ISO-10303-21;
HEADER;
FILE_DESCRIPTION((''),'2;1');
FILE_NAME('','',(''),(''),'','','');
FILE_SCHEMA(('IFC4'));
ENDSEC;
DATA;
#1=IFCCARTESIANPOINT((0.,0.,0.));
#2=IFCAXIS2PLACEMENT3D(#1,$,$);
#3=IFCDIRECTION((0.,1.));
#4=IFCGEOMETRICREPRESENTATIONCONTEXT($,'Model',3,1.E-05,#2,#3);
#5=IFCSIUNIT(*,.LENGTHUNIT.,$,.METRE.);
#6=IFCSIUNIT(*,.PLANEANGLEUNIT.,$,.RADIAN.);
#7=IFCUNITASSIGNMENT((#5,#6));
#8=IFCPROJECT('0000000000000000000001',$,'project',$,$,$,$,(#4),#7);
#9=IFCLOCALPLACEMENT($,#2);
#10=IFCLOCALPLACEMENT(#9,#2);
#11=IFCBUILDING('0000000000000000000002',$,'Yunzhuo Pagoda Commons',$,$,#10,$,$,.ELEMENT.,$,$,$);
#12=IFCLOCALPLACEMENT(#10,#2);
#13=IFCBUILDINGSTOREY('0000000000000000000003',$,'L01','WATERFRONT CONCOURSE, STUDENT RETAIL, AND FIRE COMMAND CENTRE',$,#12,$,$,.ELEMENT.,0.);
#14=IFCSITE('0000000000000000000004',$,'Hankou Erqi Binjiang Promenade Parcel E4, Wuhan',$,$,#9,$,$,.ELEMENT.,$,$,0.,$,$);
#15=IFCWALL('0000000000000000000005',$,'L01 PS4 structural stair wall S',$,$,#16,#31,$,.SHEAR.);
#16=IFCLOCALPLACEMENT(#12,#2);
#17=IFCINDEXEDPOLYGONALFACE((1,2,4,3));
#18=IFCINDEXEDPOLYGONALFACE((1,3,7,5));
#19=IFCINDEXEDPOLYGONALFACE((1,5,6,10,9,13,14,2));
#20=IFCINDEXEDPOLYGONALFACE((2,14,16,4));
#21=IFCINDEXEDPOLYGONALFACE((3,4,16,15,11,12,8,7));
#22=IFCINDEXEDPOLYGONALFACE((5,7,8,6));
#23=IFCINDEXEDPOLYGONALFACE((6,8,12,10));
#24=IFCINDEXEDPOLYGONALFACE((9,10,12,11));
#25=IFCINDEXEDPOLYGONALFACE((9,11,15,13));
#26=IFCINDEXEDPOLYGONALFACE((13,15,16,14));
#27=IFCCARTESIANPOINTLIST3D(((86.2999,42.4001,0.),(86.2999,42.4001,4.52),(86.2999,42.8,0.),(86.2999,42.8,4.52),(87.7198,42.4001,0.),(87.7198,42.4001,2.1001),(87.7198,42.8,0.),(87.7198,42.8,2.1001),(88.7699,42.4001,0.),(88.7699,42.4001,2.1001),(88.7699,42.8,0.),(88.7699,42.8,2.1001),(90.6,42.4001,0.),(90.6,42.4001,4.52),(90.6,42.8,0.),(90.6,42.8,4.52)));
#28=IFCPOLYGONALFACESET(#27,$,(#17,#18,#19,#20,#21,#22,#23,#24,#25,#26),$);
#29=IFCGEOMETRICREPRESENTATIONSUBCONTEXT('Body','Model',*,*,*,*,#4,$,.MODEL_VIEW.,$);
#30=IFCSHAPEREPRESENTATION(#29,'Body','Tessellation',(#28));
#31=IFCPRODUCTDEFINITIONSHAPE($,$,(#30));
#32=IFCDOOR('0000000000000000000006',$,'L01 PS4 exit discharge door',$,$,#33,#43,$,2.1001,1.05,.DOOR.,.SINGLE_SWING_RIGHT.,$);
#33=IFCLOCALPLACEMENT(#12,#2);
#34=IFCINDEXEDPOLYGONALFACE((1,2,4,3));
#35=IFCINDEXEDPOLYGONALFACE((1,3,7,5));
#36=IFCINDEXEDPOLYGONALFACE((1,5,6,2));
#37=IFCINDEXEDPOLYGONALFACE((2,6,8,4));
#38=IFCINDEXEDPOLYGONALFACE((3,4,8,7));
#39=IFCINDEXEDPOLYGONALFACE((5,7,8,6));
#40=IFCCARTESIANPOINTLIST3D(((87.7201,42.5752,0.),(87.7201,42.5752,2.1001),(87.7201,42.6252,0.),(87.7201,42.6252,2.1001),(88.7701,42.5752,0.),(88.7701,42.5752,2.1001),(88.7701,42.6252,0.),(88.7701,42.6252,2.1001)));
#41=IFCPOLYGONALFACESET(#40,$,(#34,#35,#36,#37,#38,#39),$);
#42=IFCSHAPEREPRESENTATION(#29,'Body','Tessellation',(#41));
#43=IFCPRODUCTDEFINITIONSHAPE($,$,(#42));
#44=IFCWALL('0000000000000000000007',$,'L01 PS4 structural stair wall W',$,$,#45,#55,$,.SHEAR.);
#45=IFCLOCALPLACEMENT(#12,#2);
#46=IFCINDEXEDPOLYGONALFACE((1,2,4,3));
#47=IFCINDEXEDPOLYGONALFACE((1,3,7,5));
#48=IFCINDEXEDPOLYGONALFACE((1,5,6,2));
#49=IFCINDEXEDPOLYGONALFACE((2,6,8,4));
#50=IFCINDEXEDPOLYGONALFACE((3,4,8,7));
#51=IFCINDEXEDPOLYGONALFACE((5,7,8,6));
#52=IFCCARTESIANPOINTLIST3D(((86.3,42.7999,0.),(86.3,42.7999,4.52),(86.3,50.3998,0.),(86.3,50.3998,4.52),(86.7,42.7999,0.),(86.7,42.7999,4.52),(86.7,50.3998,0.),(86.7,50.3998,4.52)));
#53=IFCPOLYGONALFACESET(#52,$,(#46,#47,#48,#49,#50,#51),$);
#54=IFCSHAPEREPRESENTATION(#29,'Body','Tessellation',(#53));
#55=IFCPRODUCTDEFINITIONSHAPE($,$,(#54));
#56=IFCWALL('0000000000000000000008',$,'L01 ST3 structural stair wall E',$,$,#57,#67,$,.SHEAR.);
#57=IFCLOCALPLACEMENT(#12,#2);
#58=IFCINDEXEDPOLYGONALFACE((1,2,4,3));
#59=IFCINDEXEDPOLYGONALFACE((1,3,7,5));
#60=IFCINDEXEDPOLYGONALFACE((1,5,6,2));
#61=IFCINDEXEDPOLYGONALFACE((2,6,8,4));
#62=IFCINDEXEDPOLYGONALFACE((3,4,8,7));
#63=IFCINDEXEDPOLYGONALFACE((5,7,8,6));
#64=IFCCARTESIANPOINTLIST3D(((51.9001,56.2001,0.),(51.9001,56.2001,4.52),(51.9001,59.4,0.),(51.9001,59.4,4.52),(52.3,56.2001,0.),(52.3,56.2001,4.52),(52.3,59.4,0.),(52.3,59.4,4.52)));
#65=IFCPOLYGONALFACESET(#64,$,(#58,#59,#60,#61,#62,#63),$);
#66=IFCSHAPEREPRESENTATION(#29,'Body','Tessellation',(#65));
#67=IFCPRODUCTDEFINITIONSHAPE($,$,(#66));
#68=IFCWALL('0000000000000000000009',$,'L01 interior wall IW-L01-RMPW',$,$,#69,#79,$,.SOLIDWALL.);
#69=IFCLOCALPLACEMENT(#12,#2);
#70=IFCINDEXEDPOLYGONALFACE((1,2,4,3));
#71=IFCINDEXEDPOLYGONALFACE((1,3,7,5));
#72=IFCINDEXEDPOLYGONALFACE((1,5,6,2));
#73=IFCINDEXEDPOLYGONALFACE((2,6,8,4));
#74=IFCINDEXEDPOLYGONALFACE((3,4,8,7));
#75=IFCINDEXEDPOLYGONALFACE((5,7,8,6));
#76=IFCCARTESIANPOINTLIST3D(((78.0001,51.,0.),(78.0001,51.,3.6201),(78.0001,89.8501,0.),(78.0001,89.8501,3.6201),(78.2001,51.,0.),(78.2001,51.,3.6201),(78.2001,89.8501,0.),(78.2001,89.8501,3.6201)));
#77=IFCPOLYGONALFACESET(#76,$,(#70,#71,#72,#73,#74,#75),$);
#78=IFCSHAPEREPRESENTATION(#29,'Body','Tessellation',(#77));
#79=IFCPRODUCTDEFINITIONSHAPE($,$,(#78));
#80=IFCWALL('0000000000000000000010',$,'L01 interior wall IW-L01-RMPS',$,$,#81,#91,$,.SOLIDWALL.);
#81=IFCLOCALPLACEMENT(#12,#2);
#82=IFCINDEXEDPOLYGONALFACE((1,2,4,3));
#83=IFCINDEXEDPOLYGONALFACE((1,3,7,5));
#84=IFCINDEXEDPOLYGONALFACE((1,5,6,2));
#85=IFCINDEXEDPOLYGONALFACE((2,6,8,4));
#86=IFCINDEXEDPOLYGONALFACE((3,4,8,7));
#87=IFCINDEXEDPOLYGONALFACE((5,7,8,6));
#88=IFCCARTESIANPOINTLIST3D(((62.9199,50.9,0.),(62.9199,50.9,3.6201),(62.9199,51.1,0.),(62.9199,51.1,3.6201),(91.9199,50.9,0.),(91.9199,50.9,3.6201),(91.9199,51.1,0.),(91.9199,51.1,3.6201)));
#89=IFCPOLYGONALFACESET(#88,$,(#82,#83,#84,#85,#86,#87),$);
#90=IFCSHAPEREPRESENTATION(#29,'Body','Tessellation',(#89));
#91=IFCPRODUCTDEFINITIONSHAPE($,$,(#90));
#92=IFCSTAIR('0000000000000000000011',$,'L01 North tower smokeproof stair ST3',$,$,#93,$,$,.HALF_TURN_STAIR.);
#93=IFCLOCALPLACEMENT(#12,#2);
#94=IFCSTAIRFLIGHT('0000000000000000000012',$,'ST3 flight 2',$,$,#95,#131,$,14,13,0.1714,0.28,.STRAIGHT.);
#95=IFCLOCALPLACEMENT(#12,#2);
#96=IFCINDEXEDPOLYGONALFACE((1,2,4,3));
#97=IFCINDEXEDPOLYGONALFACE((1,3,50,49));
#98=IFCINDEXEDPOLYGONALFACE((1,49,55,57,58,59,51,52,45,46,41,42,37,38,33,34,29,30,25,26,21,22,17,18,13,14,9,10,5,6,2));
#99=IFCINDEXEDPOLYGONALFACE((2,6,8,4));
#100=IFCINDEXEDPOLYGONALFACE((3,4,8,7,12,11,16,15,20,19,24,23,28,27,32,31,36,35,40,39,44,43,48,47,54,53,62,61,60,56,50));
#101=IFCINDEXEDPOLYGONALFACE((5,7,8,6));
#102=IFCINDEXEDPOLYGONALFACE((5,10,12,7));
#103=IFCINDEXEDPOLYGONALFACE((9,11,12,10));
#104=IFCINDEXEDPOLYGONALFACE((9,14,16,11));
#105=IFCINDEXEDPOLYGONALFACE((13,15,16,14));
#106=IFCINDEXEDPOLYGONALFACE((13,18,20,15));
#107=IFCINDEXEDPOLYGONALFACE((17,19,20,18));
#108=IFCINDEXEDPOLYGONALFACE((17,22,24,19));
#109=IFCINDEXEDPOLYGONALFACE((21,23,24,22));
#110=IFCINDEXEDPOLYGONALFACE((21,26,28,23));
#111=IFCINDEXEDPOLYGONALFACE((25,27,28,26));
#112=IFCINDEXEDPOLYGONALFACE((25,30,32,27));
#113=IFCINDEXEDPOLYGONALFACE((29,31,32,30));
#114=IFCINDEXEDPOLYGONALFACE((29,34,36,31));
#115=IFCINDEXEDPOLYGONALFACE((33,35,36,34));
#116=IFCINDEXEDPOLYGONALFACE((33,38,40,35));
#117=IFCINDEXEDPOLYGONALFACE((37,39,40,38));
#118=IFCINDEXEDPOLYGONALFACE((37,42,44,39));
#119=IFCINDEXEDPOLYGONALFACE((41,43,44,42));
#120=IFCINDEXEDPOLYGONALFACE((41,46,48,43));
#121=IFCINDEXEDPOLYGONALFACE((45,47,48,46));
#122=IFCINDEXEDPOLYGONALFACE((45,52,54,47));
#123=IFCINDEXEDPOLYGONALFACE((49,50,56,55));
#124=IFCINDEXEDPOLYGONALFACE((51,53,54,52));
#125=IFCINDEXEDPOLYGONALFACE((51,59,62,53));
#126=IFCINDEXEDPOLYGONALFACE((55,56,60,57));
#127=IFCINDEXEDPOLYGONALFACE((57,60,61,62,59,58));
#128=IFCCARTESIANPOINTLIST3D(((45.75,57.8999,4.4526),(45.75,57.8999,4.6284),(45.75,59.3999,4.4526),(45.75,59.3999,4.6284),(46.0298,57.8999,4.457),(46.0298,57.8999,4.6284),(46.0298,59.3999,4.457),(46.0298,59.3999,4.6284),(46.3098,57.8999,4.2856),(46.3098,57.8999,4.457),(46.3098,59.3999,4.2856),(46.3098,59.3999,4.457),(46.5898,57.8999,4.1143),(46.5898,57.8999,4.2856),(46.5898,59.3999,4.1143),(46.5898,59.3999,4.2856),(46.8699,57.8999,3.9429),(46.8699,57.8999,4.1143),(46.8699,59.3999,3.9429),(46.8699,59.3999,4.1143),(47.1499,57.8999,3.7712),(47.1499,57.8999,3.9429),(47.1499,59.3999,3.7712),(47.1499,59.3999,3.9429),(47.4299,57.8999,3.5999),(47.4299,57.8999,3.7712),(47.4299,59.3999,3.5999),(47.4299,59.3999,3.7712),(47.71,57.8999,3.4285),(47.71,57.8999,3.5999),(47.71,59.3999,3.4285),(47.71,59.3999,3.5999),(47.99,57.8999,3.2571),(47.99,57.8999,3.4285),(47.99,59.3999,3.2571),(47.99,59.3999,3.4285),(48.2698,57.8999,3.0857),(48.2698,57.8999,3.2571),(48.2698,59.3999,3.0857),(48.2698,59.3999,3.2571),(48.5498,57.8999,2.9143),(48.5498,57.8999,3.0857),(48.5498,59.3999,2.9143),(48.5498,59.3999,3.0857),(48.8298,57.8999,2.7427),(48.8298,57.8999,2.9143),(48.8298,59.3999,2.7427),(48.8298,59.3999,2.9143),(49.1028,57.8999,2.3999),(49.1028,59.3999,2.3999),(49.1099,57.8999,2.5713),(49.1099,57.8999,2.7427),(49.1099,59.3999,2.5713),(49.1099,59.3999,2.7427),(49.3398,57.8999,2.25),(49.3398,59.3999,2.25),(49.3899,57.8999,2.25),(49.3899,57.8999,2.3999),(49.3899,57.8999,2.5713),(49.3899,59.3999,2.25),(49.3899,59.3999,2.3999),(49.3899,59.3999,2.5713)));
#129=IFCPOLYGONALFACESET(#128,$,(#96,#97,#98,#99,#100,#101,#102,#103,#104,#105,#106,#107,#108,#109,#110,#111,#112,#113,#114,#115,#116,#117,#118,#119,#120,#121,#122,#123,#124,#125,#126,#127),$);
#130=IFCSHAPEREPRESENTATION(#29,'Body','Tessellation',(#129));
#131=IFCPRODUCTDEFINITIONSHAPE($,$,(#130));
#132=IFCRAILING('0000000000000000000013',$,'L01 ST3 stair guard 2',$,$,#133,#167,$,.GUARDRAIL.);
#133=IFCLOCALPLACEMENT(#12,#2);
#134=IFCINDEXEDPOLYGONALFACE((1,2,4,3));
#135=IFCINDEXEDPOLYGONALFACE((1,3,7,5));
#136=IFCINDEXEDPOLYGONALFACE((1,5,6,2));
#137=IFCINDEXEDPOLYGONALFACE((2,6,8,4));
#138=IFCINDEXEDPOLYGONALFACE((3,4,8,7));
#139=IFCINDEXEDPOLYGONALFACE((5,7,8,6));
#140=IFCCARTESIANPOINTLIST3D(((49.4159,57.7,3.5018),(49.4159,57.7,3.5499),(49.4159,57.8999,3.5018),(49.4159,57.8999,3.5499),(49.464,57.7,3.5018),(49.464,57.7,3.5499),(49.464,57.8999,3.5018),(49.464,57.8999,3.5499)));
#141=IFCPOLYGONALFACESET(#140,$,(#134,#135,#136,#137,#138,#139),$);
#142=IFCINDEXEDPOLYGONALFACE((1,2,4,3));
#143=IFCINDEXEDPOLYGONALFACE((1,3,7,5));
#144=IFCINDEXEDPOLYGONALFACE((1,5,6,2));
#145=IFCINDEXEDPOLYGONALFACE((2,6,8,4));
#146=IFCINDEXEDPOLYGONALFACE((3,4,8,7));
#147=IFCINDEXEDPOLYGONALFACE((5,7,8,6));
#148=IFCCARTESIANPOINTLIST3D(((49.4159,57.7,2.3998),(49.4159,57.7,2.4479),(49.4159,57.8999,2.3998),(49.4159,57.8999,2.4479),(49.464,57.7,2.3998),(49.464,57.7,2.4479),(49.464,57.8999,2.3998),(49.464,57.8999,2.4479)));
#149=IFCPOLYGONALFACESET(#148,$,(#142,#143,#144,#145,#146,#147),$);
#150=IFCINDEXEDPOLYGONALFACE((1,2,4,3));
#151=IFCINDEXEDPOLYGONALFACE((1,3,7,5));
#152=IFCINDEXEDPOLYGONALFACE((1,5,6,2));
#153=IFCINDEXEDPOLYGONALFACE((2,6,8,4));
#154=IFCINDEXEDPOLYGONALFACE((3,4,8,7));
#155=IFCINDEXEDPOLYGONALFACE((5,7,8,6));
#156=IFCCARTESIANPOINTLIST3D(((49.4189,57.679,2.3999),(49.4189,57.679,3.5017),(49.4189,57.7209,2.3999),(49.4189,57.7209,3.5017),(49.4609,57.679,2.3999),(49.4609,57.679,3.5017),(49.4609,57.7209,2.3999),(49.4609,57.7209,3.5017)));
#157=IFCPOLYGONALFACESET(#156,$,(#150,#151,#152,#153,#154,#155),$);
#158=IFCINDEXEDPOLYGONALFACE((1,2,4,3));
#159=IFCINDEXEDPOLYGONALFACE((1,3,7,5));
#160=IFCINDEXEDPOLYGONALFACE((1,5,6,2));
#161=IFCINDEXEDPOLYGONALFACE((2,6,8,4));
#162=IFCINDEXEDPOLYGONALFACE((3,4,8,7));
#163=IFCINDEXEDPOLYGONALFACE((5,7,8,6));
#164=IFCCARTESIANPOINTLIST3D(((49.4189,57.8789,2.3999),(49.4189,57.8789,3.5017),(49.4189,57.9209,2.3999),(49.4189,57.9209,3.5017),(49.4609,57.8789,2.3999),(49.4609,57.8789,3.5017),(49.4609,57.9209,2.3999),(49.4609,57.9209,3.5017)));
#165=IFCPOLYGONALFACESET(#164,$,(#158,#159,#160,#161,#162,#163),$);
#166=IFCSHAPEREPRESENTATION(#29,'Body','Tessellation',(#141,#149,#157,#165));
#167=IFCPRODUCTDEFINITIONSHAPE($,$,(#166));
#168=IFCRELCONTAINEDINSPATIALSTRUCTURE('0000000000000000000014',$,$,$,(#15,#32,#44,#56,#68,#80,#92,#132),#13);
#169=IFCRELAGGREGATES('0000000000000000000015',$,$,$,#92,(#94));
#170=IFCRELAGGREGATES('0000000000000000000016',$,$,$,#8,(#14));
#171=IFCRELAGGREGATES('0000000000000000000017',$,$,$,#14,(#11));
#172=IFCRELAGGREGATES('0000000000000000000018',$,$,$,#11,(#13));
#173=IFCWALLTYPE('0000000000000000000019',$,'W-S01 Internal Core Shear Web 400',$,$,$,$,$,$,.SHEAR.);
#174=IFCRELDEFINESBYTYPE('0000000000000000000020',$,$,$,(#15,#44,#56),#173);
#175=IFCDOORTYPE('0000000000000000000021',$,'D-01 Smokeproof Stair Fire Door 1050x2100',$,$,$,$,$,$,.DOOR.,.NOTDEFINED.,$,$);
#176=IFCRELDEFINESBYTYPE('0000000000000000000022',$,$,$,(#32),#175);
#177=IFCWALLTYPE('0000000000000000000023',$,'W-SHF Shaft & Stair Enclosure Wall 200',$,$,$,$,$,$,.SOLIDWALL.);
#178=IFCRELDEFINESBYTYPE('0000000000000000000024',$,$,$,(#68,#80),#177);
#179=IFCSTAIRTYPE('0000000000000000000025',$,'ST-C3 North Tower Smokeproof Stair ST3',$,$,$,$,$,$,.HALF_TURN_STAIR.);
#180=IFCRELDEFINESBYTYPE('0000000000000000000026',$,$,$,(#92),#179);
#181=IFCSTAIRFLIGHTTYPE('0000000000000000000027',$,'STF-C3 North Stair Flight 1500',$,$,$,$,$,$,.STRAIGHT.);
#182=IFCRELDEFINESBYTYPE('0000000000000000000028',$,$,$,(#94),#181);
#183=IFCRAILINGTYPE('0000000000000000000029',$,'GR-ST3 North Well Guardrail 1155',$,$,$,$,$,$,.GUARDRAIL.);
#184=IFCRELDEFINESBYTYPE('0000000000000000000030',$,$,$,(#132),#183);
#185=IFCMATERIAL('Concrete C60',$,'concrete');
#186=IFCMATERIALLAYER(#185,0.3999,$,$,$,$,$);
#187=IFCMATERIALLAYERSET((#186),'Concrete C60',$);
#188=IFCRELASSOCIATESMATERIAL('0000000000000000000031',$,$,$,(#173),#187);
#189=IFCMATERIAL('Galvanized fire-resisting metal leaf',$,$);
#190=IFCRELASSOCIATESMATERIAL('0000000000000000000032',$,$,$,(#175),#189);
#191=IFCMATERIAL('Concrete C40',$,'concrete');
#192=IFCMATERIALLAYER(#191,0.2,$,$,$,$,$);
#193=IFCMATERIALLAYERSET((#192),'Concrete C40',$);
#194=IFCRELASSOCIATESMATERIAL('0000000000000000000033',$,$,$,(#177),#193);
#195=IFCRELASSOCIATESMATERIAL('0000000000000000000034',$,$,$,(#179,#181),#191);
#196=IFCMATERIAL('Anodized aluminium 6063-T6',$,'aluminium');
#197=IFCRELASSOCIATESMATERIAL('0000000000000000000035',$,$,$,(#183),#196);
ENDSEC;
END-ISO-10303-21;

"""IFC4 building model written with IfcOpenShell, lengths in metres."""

from ifc_helpers import new_model, si_unit, direction, frame, frame_2d, origin, origin_2d, place, context, subcontext, project, spatial, polyline, rectangle, outline, extrude, source, transform, mapped, material, layer, layer_set, type_object, element, fill, aggregate, save


model = new_model("IFC4")

# Units and contexts
model_context = context("Model", 3, precision=1e-05, world=origin(), true_north=direction((0.0, 1.0)))
body_context = subcontext(model_context, "Body", "Model", "MODEL_VIEW")
ifc_project = project(units=[si_unit("LENGTHUNIT", "METRE"), si_unit("PLANEANGLEUNIT", "RADIAN")], contexts=[model_context])

# Site, building, storey
site_placement = place(None, origin())
site = spatial("IfcSite", under=ifc_project, at=site_placement, Name="Hankou Erqi Binjiang Promenade Parcel E4, Wuhan", CompositionType="ELEMENT", RefElevation=0.0)
building_placement = place(site_placement, origin())
building = spatial("IfcBuilding", under=site, at=building_placement, Name="Yunzhuo Pagoda Commons", CompositionType="ELEMENT")
storey_placement = place(building_placement, origin())
storey = spatial("IfcBuildingStorey", under=building, at=storey_placement, Name="L01", Description="WATERFRONT CONCOURSE, STUDENT RETAIL, AND FIRE COMMAND CENTRE", CompositionType="ELEMENT", Elevation=0.0)

# Shared definitions
ifc_material_1 = material(Name="Concrete C60", Category="concrete")
ifc_layer_1 = layer(ifc_material_1, 0.3999)
ifc_layer_set_1 = layer_set([ifc_layer_1], Name="Concrete C60")
wall_type_1 = type_object("IfcWallType", Name="W-S01 Internal Core Shear Web 400", PredefinedType="SHEAR", material=ifc_layer_set_1)

# Wall, opening, door
wall_1_placement = place(storey_placement, frame((86.3, 42.6001, 0.0), z_axis=(0.0, 0.0, 1.0), x_axis=(1.0, 0.0, 0.0)))
wall_1 = element("IfcWall", 1, at=wall_1_placement, inside=storey, type_object=wall_type_1, Name="L01 PS4 structural stair wall S", PredefinedType="SHEAR", context=body_context, shape_type="SweptSolid", body=[
    extrude(rectangle(XDim=4.3, YDim=0.3999, at=frame_2d((2.1499, 0.0))), origin(), (0.0, 0.0, 1.0), 4.52),
])
opening_placement = place(wall_1_placement, frame((1.4199, 0.0, 0.0)))
opening = element("IfcOpeningElement", 2, at=opening_placement, cuts=wall_1, PredefinedType="OPENING", context=body_context, shape_type="SweptSolid", body=[
    extrude(rectangle(XDim=1.05, YDim=2.1001, at=frame_2d((0.5249, 1.05))), frame((0.0, 0.21, 0.0), z_axis=(0.0, -1.0, 0.0), x_axis=(1.0, 0.0, 0.0)), (0.0, 0.0, 1.0), 0.4199),
])
ifc_material_2 = material(Name="Galvanized fire-resisting metal leaf")
door_type = type_object("IfcDoorType", Name="D-01 Smokeproof Stair Fire Door 1050x2100", OperationType="NOTDEFINED", PredefinedType="DOOR", material=ifc_material_2)
shared_shape_1 = source(origin(), body_context, "Body", "SweptSolid", [
    extrude(rectangle(XDim=1.05, YDim=2.1001, at=frame_2d((0.5249, 1.05))), frame((0.0, 0.0249, 0.0), z_axis=(0.0, -1.0, 0.0), x_axis=(1.0, 0.0, 0.0)), (0.0, 0.0, 1.0), 0.05),
])
door_placement = place(opening_placement, frame((1.05, 0.0, 0.0), z_axis=(0.0, 0.0, 1.0), x_axis=(-1.0, 0.0, 0.0)))
door = element("IfcDoor", 3, at=door_placement, inside=storey, type_object=door_type, Name="L01 PS4 exit discharge door", OperationType="SINGLE_SWING_RIGHT", OverallHeight=2.1001, OverallWidth=1.05, PredefinedType="DOOR", context=body_context, shape_type="MappedRepresentation", body=[
    mapped(shared_shape_1, transform((0.0, 0.0, 0.0), scale=1.0)),
])
fill(opening, door)

# Walls
wall_2_placement = place(storey_placement, frame((86.5, 42.8, 0.0), z_axis=(0.0, 0.0, 1.0), x_axis=(0.0, 1.0, 0.0)))
element("IfcWall", 4, at=wall_2_placement, inside=storey, type_object=wall_type_1, Name="L01 PS4 structural stair wall W", PredefinedType="SHEAR", context=body_context, shape_type="SweptSolid", body=[
    extrude(rectangle(XDim=7.5999, YDim=0.3999, at=frame_2d((3.7998, 0.0))), origin(), (0.0, 0.0, 1.0), 4.52),
])
wall_3_placement = place(storey_placement, frame((52.1001, 56.2, 0.0), z_axis=(0.0, 0.0, 1.0), x_axis=(0.0, 1.0, 0.0)))
element("IfcWall", 5, at=wall_3_placement, inside=storey, type_object=wall_type_1, Name="L01 ST3 structural stair wall E", PredefinedType="SHEAR", context=body_context, shape_type="SweptSolid", body=[
    extrude(rectangle(XDim=3.2, YDim=0.3999, at=frame_2d((1.6001, 0.0))), origin(), (0.0, 0.0, 1.0), 4.52),
])
ifc_material_3 = material(Name="Concrete C40", Category="concrete")
ifc_layer_2 = layer(ifc_material_3, 0.2)
ifc_layer_set_2 = layer_set([ifc_layer_2], Name="Concrete C40")
wall_type_2 = type_object("IfcWallType", Name="W-SHF Shaft & Stair Enclosure Wall 200", PredefinedType="SOLIDWALL", material=ifc_layer_set_2)
wall_4_placement = place(storey_placement, frame((78.1001, 51.0, 0.0), z_axis=(0.0, 0.0, 1.0), x_axis=(0.0, 1.0, 0.0)))
element("IfcWall", 6, at=wall_4_placement, inside=storey, type_object=wall_type_2, Name="L01 interior wall IW-L01-RMPW", PredefinedType="SOLIDWALL", context=body_context, shape_type="SweptSolid", body=[
    extrude(rectangle(XDim=38.8501, YDim=0.2, at=frame_2d((19.425, 0.0))), origin(), (0.0, 0.0, 1.0), 3.6201),
])
wall_5_placement = place(storey_placement, frame((62.9199, 51.0, 0.0), z_axis=(0.0, 0.0, 1.0), x_axis=(1.0, 0.0, 0.0)))
element("IfcWall", 7, at=wall_5_placement, inside=storey, type_object=wall_type_2, Name="L01 interior wall IW-L01-RMPS", PredefinedType="SOLIDWALL", context=body_context, shape_type="SweptSolid", body=[
    extrude(rectangle(XDim=29.0, YDim=0.2, at=frame_2d((14.5, 0.0))), origin(), (0.0, 0.0, 1.0), 3.6201),
])

# Stair, stair flight
stair_type = type_object("IfcStairType", Name="ST-C3 North Tower Smokeproof Stair ST3", PredefinedType="HALF_TURN_STAIR", material=ifc_material_3)
stair_placement = place(storey_placement, origin())
stair = element("IfcStair", 8, at=stair_placement, inside=storey, type_object=stair_type, Name="L01 North tower smokeproof stair ST3", PredefinedType="HALF_TURN_STAIR")
stair_flight_type = type_object("IfcStairFlightType", Name="STF-C3 North Stair Flight 1500", PredefinedType="STRAIGHT", material=ifc_material_3)
shared_shape_2 = source(origin(), body_context, "Body", "SweptSolid", [
    extrude(outline(polyline([(0.0, -0.1499), (0.0, 0.0), (0.0, 0.1714), (0.28, 0.1714), (0.28, 0.3428), (0.5601, 0.3428), (0.5601, 0.5144), (0.8401, 0.5144), (0.8401, 0.6858), (1.1201, 0.6858), (1.1201, 0.8572), (1.3999, 0.8572), (1.3999, 1.0286), (1.6799, 1.0286), (1.6799, 1.2), (1.96, 1.2), (1.96, 1.3713), (2.24, 1.3713), (2.24, 1.543), (2.52, 1.543), (2.52, 1.7144), (2.8, 1.7144), (2.8, 1.8857), (3.0801, 1.8857), (3.0801, 2.0571), (3.3601, 2.0571), (3.3601, 2.2285), (3.6399, 2.2285), (3.6399, 2.3999), (3.6399, 2.0527), (0.2871, 0.0), (0.05, -0.1499), (0.0, -0.1499)])), frame((0.0, 0.75, 0.0), z_axis=(0.0, -1.0, 0.0), x_axis=(1.0, 0.0, 0.0)), (0.0, 0.0, 1.0), 1.5),
])
stair_flight_placement = place(storey_placement, frame((49.3899, 58.6499, 2.3999), z_axis=(0.0, 0.0, 1.0), x_axis=(-1.0, 0.0, 0.0)))
stair_flight = element("IfcStairFlight", 9, at=stair_flight_placement, type_object=stair_flight_type, Name="ST3 flight 2", NumberOfRisers=14, NumberOfTreads=13, PredefinedType="STRAIGHT", RiserHeight=0.1714, TreadLength=0.28, context=body_context, shape_type="MappedRepresentation", body=[
    mapped(shared_shape_2, transform((0.0, 0.0, 0.0), scale=1.0)),
])
aggregate(stair, [stair_flight])

# Railing
ifc_material_4 = material(Name="Anodized aluminium 6063-T6", Category="aluminium")
railing_type_1 = type_object("IfcRailingType", Name="GR-ST3 North Well Guardrail 1155", PredefinedType="GUARDRAIL", material=ifc_material_4)
railing_1_placement = place(storey_placement, frame((49.4399, 57.7, 2.3999)))
element("IfcRailing", 10, at=railing_1_placement, inside=storey, type_object=railing_type_1, Name="L01 ST3 stair guard 2", PredefinedType="GUARDRAIL", context=body_context, shape_type="SweptSolid", body=[
    extrude(rectangle(XDim=0.0481, YDim=0.0481, at=origin_2d()), frame((0.0, 0.0, 1.126), z_axis=(0.0, 1.0, 0.0), x_axis=(-1.0, 0.0, 0.0)), (0.0, 0.0, 1.0), 0.2),
    extrude(rectangle(XDim=0.0481, YDim=0.0481, at=origin_2d()), frame((0.0, 0.0, 0.0239), z_axis=(0.0, 1.0, 0.0), x_axis=(-1.0, 0.0, 0.0)), (0.0, 0.0, 1.0), 0.2),
    extrude(rectangle(XDim=0.042, YDim=0.042, at=origin_2d()), origin(), (0.0, 0.0, 1.0), 1.1018),
    extrude(rectangle(XDim=0.042, YDim=0.042, at=origin_2d()), frame((0.0, 0.2, 0.0)), (0.0, 0.0, 1.0), 1.1018),
])

save(model, "model.ifc")
